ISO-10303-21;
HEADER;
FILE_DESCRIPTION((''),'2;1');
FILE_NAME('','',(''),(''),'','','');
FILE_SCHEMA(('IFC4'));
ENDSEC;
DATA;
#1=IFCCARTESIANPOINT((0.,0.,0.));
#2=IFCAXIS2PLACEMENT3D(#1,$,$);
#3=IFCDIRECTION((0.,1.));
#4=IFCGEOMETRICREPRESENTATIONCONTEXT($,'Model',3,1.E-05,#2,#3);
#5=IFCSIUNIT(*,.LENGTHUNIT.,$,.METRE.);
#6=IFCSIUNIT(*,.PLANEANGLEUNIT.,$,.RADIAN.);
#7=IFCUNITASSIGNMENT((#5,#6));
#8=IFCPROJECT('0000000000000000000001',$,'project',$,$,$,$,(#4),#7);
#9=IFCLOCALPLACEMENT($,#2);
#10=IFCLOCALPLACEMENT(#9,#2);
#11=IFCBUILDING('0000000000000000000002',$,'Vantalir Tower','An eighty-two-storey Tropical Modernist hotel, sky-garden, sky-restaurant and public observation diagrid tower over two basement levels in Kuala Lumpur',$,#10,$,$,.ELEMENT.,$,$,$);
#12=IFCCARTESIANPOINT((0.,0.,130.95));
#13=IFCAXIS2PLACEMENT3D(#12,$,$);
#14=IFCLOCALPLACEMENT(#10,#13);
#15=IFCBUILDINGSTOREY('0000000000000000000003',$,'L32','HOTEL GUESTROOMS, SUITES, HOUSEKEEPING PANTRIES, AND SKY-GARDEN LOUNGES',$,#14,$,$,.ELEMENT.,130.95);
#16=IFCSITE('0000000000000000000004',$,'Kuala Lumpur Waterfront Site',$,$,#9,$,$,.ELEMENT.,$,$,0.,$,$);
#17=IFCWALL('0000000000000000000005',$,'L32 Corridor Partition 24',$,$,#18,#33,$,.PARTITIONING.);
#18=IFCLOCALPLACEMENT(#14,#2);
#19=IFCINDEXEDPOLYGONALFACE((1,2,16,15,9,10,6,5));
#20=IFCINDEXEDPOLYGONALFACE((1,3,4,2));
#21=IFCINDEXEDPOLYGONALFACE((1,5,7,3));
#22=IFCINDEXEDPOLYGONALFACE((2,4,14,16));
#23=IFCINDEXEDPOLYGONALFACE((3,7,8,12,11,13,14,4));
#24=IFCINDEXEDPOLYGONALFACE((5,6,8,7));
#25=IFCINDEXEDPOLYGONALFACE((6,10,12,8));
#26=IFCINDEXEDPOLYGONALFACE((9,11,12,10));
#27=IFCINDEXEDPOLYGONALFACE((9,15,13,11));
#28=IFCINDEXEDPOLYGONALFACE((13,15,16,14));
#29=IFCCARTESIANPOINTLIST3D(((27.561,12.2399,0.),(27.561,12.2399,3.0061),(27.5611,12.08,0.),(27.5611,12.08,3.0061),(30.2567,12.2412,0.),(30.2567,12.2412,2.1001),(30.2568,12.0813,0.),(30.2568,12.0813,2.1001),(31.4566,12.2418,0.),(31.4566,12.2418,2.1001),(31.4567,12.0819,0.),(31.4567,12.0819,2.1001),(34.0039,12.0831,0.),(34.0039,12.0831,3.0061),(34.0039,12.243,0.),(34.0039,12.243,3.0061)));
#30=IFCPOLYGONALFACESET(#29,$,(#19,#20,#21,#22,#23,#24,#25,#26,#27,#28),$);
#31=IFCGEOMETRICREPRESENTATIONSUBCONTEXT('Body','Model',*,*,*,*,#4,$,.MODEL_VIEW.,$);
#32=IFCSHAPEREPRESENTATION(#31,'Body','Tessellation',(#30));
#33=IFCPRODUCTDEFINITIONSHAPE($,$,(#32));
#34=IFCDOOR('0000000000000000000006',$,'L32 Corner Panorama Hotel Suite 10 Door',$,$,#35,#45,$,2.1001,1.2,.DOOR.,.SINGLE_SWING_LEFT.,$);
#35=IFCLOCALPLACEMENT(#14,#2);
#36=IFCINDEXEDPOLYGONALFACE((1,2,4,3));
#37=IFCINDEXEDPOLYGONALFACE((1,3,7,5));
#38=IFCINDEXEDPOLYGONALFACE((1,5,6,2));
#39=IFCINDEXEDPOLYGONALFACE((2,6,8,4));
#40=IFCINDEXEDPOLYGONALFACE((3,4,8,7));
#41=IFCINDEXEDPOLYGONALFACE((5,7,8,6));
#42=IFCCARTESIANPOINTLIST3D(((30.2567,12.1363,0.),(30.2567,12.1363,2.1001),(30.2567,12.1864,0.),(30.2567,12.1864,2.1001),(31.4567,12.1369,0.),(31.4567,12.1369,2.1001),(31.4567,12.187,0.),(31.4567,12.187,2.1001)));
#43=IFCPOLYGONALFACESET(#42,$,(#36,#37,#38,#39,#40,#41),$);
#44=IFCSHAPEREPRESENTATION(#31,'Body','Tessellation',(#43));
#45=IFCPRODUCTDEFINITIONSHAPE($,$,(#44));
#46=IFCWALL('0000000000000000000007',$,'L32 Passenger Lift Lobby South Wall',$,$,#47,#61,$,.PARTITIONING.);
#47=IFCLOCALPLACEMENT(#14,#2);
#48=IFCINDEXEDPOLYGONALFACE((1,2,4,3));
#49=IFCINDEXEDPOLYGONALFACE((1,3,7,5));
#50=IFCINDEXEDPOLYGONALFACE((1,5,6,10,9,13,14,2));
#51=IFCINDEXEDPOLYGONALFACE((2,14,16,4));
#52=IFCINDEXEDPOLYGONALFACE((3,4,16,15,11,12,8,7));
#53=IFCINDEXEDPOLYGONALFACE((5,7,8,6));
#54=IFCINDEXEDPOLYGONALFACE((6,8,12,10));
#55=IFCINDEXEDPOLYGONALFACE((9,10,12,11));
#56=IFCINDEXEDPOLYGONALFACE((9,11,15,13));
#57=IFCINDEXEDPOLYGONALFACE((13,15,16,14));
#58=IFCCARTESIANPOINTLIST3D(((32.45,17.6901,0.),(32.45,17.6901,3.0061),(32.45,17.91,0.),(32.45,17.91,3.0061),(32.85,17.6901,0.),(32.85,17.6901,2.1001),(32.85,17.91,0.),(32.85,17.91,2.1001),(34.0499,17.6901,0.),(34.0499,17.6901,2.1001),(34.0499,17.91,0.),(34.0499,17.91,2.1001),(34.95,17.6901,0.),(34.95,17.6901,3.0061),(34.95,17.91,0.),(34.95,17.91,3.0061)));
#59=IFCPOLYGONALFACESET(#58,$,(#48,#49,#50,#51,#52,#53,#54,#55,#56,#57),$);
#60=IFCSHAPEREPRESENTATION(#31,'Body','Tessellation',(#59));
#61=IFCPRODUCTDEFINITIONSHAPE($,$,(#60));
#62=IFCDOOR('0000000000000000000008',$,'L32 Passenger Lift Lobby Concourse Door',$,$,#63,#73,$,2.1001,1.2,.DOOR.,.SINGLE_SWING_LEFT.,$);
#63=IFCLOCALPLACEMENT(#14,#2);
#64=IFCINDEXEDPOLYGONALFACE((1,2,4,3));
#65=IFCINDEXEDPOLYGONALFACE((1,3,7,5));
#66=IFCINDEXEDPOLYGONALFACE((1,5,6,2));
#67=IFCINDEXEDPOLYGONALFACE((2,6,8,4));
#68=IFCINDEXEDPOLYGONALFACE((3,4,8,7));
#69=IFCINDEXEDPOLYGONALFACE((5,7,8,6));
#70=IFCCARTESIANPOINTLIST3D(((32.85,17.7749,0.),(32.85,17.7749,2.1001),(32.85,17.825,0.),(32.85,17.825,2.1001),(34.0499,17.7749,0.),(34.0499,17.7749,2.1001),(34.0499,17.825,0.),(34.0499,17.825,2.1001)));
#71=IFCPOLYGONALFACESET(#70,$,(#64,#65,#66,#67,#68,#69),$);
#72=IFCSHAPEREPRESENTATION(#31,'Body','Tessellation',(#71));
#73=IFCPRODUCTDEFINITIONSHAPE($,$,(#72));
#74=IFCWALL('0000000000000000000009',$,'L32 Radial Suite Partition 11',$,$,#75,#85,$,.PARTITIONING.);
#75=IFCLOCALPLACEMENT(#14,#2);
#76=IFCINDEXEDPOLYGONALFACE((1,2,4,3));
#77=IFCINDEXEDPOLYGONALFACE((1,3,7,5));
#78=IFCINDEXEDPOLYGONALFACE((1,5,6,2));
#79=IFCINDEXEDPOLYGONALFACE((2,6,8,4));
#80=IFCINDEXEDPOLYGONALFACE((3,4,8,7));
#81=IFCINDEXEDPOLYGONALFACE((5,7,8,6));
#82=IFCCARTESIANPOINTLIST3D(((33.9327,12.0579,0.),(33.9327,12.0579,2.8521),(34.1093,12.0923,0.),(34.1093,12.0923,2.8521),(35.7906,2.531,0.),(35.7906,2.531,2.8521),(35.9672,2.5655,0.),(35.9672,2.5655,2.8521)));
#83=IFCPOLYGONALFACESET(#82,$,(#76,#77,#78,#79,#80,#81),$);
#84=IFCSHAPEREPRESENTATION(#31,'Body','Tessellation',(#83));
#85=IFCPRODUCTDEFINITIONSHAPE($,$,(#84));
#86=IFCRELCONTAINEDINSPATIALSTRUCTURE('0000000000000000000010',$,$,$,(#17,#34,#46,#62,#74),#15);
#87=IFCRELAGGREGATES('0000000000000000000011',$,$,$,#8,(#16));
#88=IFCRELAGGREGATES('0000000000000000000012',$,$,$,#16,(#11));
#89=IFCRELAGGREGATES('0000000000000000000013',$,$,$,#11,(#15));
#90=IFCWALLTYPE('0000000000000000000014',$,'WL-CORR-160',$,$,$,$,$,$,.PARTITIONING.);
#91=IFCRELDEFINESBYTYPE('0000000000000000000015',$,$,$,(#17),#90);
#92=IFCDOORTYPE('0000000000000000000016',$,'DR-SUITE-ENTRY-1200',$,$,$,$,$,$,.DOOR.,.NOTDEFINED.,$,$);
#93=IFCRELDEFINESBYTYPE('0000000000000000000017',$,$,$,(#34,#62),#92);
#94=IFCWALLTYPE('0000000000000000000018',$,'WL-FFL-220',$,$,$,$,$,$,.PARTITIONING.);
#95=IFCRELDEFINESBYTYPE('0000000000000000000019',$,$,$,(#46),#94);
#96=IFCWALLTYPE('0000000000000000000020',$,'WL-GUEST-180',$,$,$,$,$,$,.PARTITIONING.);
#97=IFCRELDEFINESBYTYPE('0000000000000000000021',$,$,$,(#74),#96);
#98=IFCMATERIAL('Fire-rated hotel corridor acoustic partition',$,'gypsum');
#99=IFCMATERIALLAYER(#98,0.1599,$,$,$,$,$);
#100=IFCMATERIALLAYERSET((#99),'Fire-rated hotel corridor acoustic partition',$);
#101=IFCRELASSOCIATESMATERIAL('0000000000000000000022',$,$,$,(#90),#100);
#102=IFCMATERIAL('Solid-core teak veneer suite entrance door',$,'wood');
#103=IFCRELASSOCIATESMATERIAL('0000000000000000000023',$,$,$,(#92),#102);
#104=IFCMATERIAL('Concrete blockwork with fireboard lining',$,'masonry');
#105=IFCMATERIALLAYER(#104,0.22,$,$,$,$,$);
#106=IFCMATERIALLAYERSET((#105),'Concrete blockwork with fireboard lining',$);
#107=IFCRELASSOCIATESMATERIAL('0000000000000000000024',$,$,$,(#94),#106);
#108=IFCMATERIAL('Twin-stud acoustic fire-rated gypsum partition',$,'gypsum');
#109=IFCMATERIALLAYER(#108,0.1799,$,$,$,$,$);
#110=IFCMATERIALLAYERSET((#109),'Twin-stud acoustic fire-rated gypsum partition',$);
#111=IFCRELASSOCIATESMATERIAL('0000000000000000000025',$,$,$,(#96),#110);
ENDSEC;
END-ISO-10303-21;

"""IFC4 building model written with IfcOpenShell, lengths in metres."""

from ifc_helpers import new_model, si_unit, direction, frame, frame_2d, origin, place, context, subcontext, project, spatial, rectangle, extrude, material, layer, layer_set, type_object, element, fill, save


model = new_model("IFC4")

# Units and contexts
model_context = context("Model", 3, precision=1e-05, world=origin(), true_north=direction((0.0, 1.0)))
body_context = subcontext(model_context, "Body", "Model", "MODEL_VIEW")
ifc_project = project(units=[si_unit("LENGTHUNIT", "METRE"), si_unit("PLANEANGLEUNIT", "RADIAN")], contexts=[model_context])

# Site, building, storey
site_placement = place(None, origin())
site = spatial("IfcSite", under=ifc_project, at=site_placement, Name="Kuala Lumpur Waterfront Site", CompositionType="ELEMENT", RefElevation=0.0)
building_placement = place(site_placement, origin())
building = spatial("IfcBuilding", under=site, at=building_placement, Name="Vantalir Tower", Description="An eighty-two-storey Tropical Modernist hotel, sky-garden, sky-restaurant and public observation diagrid tower over two basement levels in Kuala Lumpur", CompositionType="ELEMENT")
storey_placement = place(building_placement, frame((0.0, 0.0, 130.95)))
storey = spatial("IfcBuildingStorey", under=building, at=storey_placement, Name="L32", Description="HOTEL GUESTROOMS, SUITES, HOUSEKEEPING PANTRIES, AND SKY-GARDEN LOUNGES", CompositionType="ELEMENT", Elevation=130.95)

# Walls, openings, doors
ifc_material_1 = material(Name="Fire-rated hotel corridor acoustic partition", Category="gypsum")
ifc_layer_1 = layer(ifc_material_1, 0.1599)
ifc_layer_set_1 = layer_set([ifc_layer_1], Name="Fire-rated hotel corridor acoustic partition")
wall_type_1 = type_object("IfcWallType", Name="WL-CORR-160", PredefinedType="PARTITIONING", material=ifc_layer_set_1)
ifc_material_2 = material(Name="Solid-core teak veneer suite entrance door", Category="wood")
door_type = type_object("IfcDoorType", Name="DR-SUITE-ENTRY-1200", OperationType="NOTDEFINED", PredefinedType="DOOR", material=ifc_material_2)
wall_1_placement = place(storey_placement, frame((34.0039, 12.1631, 0.0), z_axis=(0.0, 0.0, 1.0), x_axis=(-1.0, -0.000493, 0.0)))
wall_1 = element("IfcWall", 1, at=wall_1_placement, inside=storey, type_object=wall_type_1, Name="L32 Corridor Partition 24", PredefinedType="PARTITIONING", context=body_context, shape_type="SweptSolid", body=[
    extrude(rectangle(XDim=6.4429, YDim=0.1599, at=frame_2d((3.2214, 0.0))), origin(), (0.0, 0.0, 1.0), 3.0061),
])
opening_1_placement = place(wall_1_placement, frame((2.5471, 0.0, 0.0)))
opening_1 = element("IfcOpeningElement", 2, at=opening_1_placement, cuts=wall_1, PredefinedType="OPENING", context=body_context, shape_type="SweptSolid", body=[
    extrude(rectangle(XDim=1.2, YDim=2.1001, at=frame_2d((0.6001, 1.05))), frame((0.0, 0.0898, 0.0), z_axis=(0.0, -1.0, 0.0), x_axis=(1.0, 0.0, 0.0)), (0.0, 0.0, 1.0), 0.1799),
])
door_1_placement = place(opening_1_placement, origin())
door_1 = element("IfcDoor", 3, at=door_1_placement, inside=storey, type_object=door_type, Name="L32 Corner Panorama Hotel Suite 10 Door", OperationType="SINGLE_SWING_LEFT", OverallHeight=2.1001, OverallWidth=1.2, PredefinedType="DOOR", context=body_context, shape_type="SweptSolid", body=[
    extrude(rectangle(XDim=1.2, YDim=2.1001, at=frame_2d((0.6001, 1.05))), frame((0.0, 0.0249, 0.0), z_axis=(0.0, -1.0, 0.0), x_axis=(1.0, 0.0, 0.0)), (0.0, 0.0, 1.0), 0.05),
])
fill(opening_1, door_1)
ifc_material_3 = material(Name="Concrete blockwork with fireboard lining", Category="masonry")
ifc_layer_2 = layer(ifc_material_3, 0.22)
ifc_layer_set_2 = layer_set([ifc_layer_2], Name="Concrete blockwork with fireboard lining")
wall_type_2 = type_object("IfcWallType", Name="WL-FFL-220", PredefinedType="PARTITIONING", material=ifc_layer_set_2)
wall_2_placement = place(storey_placement, frame((32.45, 17.8, 0.0), z_axis=(0.0, 0.0, 1.0), x_axis=(1.0, 0.0, 0.0)))
wall_2 = element("IfcWall", 4, at=wall_2_placement, inside=storey, type_object=wall_type_2, Name="L32 Passenger Lift Lobby South Wall", PredefinedType="PARTITIONING", context=body_context, shape_type="SweptSolid", body=[
    extrude(rectangle(XDim=2.5, YDim=0.22, at=frame_2d((1.25, 0.0))), origin(), (0.0, 0.0, 1.0), 3.0061),
])
opening_2_placement = place(wall_2_placement, frame((0.3999, 0.0, 0.0)))
opening_2 = element("IfcOpeningElement", 5, at=opening_2_placement, cuts=wall_2, PredefinedType="OPENING", context=body_context, shape_type="SweptSolid", body=[
    extrude(rectangle(XDim=1.2, YDim=2.1001, at=frame_2d((0.6001, 1.05))), frame((0.0, 0.1199, 0.0), z_axis=(0.0, -1.0, 0.0), x_axis=(1.0, 0.0, 0.0)), (0.0, 0.0, 1.0), 0.24),
])
door_2_placement = place(opening_2_placement, origin())
door_2 = element("IfcDoor", 6, at=door_2_placement, inside=storey, type_object=door_type, Name="L32 Passenger Lift Lobby Concourse Door", OperationType="SINGLE_SWING_LEFT", OverallHeight=2.1001, OverallWidth=1.2, PredefinedType="DOOR", context=body_context, shape_type="SweptSolid", body=[
    extrude(rectangle(XDim=1.2, YDim=2.1001, at=frame_2d((0.6001, 1.05))), frame((0.0, 0.0249, 0.0), z_axis=(0.0, -1.0, 0.0), x_axis=(1.0, 0.0, 0.0)), (0.0, 0.0, 1.0), 0.05),
])
fill(opening_2, door_2)

# Wall
ifc_material_4 = material(Name="Twin-stud acoustic fire-rated gypsum partition", Category="gypsum")
ifc_layer_3 = layer(ifc_material_4, 0.1799)
ifc_layer_set_3 = layer_set([ifc_layer_3], Name="Twin-stud acoustic fire-rated gypsum partition")
wall_type_3 = type_object("IfcWallType", Name="WL-GUEST-180", PredefinedType="PARTITIONING", material=ifc_layer_set_3)
wall_3_placement = place(storey_placement, frame((34.021, 12.075, 0.0), z_axis=(0.0, 0.0, 1.0), x_axis=(0.191412, -0.98151, 0.0)))
element("IfcWall", 7, at=wall_3_placement, inside=storey, type_object=wall_type_3, Name="L32 Radial Suite Partition 11", PredefinedType="PARTITIONING", context=body_context, shape_type="SweptSolid", body=[
    extrude(rectangle(XDim=9.7063, YDim=0.1799, at=frame_2d((4.853, 0.0))), origin(), (0.0, 0.0, 1.0), 2.8521),
])

save(model, "model.ifc")
